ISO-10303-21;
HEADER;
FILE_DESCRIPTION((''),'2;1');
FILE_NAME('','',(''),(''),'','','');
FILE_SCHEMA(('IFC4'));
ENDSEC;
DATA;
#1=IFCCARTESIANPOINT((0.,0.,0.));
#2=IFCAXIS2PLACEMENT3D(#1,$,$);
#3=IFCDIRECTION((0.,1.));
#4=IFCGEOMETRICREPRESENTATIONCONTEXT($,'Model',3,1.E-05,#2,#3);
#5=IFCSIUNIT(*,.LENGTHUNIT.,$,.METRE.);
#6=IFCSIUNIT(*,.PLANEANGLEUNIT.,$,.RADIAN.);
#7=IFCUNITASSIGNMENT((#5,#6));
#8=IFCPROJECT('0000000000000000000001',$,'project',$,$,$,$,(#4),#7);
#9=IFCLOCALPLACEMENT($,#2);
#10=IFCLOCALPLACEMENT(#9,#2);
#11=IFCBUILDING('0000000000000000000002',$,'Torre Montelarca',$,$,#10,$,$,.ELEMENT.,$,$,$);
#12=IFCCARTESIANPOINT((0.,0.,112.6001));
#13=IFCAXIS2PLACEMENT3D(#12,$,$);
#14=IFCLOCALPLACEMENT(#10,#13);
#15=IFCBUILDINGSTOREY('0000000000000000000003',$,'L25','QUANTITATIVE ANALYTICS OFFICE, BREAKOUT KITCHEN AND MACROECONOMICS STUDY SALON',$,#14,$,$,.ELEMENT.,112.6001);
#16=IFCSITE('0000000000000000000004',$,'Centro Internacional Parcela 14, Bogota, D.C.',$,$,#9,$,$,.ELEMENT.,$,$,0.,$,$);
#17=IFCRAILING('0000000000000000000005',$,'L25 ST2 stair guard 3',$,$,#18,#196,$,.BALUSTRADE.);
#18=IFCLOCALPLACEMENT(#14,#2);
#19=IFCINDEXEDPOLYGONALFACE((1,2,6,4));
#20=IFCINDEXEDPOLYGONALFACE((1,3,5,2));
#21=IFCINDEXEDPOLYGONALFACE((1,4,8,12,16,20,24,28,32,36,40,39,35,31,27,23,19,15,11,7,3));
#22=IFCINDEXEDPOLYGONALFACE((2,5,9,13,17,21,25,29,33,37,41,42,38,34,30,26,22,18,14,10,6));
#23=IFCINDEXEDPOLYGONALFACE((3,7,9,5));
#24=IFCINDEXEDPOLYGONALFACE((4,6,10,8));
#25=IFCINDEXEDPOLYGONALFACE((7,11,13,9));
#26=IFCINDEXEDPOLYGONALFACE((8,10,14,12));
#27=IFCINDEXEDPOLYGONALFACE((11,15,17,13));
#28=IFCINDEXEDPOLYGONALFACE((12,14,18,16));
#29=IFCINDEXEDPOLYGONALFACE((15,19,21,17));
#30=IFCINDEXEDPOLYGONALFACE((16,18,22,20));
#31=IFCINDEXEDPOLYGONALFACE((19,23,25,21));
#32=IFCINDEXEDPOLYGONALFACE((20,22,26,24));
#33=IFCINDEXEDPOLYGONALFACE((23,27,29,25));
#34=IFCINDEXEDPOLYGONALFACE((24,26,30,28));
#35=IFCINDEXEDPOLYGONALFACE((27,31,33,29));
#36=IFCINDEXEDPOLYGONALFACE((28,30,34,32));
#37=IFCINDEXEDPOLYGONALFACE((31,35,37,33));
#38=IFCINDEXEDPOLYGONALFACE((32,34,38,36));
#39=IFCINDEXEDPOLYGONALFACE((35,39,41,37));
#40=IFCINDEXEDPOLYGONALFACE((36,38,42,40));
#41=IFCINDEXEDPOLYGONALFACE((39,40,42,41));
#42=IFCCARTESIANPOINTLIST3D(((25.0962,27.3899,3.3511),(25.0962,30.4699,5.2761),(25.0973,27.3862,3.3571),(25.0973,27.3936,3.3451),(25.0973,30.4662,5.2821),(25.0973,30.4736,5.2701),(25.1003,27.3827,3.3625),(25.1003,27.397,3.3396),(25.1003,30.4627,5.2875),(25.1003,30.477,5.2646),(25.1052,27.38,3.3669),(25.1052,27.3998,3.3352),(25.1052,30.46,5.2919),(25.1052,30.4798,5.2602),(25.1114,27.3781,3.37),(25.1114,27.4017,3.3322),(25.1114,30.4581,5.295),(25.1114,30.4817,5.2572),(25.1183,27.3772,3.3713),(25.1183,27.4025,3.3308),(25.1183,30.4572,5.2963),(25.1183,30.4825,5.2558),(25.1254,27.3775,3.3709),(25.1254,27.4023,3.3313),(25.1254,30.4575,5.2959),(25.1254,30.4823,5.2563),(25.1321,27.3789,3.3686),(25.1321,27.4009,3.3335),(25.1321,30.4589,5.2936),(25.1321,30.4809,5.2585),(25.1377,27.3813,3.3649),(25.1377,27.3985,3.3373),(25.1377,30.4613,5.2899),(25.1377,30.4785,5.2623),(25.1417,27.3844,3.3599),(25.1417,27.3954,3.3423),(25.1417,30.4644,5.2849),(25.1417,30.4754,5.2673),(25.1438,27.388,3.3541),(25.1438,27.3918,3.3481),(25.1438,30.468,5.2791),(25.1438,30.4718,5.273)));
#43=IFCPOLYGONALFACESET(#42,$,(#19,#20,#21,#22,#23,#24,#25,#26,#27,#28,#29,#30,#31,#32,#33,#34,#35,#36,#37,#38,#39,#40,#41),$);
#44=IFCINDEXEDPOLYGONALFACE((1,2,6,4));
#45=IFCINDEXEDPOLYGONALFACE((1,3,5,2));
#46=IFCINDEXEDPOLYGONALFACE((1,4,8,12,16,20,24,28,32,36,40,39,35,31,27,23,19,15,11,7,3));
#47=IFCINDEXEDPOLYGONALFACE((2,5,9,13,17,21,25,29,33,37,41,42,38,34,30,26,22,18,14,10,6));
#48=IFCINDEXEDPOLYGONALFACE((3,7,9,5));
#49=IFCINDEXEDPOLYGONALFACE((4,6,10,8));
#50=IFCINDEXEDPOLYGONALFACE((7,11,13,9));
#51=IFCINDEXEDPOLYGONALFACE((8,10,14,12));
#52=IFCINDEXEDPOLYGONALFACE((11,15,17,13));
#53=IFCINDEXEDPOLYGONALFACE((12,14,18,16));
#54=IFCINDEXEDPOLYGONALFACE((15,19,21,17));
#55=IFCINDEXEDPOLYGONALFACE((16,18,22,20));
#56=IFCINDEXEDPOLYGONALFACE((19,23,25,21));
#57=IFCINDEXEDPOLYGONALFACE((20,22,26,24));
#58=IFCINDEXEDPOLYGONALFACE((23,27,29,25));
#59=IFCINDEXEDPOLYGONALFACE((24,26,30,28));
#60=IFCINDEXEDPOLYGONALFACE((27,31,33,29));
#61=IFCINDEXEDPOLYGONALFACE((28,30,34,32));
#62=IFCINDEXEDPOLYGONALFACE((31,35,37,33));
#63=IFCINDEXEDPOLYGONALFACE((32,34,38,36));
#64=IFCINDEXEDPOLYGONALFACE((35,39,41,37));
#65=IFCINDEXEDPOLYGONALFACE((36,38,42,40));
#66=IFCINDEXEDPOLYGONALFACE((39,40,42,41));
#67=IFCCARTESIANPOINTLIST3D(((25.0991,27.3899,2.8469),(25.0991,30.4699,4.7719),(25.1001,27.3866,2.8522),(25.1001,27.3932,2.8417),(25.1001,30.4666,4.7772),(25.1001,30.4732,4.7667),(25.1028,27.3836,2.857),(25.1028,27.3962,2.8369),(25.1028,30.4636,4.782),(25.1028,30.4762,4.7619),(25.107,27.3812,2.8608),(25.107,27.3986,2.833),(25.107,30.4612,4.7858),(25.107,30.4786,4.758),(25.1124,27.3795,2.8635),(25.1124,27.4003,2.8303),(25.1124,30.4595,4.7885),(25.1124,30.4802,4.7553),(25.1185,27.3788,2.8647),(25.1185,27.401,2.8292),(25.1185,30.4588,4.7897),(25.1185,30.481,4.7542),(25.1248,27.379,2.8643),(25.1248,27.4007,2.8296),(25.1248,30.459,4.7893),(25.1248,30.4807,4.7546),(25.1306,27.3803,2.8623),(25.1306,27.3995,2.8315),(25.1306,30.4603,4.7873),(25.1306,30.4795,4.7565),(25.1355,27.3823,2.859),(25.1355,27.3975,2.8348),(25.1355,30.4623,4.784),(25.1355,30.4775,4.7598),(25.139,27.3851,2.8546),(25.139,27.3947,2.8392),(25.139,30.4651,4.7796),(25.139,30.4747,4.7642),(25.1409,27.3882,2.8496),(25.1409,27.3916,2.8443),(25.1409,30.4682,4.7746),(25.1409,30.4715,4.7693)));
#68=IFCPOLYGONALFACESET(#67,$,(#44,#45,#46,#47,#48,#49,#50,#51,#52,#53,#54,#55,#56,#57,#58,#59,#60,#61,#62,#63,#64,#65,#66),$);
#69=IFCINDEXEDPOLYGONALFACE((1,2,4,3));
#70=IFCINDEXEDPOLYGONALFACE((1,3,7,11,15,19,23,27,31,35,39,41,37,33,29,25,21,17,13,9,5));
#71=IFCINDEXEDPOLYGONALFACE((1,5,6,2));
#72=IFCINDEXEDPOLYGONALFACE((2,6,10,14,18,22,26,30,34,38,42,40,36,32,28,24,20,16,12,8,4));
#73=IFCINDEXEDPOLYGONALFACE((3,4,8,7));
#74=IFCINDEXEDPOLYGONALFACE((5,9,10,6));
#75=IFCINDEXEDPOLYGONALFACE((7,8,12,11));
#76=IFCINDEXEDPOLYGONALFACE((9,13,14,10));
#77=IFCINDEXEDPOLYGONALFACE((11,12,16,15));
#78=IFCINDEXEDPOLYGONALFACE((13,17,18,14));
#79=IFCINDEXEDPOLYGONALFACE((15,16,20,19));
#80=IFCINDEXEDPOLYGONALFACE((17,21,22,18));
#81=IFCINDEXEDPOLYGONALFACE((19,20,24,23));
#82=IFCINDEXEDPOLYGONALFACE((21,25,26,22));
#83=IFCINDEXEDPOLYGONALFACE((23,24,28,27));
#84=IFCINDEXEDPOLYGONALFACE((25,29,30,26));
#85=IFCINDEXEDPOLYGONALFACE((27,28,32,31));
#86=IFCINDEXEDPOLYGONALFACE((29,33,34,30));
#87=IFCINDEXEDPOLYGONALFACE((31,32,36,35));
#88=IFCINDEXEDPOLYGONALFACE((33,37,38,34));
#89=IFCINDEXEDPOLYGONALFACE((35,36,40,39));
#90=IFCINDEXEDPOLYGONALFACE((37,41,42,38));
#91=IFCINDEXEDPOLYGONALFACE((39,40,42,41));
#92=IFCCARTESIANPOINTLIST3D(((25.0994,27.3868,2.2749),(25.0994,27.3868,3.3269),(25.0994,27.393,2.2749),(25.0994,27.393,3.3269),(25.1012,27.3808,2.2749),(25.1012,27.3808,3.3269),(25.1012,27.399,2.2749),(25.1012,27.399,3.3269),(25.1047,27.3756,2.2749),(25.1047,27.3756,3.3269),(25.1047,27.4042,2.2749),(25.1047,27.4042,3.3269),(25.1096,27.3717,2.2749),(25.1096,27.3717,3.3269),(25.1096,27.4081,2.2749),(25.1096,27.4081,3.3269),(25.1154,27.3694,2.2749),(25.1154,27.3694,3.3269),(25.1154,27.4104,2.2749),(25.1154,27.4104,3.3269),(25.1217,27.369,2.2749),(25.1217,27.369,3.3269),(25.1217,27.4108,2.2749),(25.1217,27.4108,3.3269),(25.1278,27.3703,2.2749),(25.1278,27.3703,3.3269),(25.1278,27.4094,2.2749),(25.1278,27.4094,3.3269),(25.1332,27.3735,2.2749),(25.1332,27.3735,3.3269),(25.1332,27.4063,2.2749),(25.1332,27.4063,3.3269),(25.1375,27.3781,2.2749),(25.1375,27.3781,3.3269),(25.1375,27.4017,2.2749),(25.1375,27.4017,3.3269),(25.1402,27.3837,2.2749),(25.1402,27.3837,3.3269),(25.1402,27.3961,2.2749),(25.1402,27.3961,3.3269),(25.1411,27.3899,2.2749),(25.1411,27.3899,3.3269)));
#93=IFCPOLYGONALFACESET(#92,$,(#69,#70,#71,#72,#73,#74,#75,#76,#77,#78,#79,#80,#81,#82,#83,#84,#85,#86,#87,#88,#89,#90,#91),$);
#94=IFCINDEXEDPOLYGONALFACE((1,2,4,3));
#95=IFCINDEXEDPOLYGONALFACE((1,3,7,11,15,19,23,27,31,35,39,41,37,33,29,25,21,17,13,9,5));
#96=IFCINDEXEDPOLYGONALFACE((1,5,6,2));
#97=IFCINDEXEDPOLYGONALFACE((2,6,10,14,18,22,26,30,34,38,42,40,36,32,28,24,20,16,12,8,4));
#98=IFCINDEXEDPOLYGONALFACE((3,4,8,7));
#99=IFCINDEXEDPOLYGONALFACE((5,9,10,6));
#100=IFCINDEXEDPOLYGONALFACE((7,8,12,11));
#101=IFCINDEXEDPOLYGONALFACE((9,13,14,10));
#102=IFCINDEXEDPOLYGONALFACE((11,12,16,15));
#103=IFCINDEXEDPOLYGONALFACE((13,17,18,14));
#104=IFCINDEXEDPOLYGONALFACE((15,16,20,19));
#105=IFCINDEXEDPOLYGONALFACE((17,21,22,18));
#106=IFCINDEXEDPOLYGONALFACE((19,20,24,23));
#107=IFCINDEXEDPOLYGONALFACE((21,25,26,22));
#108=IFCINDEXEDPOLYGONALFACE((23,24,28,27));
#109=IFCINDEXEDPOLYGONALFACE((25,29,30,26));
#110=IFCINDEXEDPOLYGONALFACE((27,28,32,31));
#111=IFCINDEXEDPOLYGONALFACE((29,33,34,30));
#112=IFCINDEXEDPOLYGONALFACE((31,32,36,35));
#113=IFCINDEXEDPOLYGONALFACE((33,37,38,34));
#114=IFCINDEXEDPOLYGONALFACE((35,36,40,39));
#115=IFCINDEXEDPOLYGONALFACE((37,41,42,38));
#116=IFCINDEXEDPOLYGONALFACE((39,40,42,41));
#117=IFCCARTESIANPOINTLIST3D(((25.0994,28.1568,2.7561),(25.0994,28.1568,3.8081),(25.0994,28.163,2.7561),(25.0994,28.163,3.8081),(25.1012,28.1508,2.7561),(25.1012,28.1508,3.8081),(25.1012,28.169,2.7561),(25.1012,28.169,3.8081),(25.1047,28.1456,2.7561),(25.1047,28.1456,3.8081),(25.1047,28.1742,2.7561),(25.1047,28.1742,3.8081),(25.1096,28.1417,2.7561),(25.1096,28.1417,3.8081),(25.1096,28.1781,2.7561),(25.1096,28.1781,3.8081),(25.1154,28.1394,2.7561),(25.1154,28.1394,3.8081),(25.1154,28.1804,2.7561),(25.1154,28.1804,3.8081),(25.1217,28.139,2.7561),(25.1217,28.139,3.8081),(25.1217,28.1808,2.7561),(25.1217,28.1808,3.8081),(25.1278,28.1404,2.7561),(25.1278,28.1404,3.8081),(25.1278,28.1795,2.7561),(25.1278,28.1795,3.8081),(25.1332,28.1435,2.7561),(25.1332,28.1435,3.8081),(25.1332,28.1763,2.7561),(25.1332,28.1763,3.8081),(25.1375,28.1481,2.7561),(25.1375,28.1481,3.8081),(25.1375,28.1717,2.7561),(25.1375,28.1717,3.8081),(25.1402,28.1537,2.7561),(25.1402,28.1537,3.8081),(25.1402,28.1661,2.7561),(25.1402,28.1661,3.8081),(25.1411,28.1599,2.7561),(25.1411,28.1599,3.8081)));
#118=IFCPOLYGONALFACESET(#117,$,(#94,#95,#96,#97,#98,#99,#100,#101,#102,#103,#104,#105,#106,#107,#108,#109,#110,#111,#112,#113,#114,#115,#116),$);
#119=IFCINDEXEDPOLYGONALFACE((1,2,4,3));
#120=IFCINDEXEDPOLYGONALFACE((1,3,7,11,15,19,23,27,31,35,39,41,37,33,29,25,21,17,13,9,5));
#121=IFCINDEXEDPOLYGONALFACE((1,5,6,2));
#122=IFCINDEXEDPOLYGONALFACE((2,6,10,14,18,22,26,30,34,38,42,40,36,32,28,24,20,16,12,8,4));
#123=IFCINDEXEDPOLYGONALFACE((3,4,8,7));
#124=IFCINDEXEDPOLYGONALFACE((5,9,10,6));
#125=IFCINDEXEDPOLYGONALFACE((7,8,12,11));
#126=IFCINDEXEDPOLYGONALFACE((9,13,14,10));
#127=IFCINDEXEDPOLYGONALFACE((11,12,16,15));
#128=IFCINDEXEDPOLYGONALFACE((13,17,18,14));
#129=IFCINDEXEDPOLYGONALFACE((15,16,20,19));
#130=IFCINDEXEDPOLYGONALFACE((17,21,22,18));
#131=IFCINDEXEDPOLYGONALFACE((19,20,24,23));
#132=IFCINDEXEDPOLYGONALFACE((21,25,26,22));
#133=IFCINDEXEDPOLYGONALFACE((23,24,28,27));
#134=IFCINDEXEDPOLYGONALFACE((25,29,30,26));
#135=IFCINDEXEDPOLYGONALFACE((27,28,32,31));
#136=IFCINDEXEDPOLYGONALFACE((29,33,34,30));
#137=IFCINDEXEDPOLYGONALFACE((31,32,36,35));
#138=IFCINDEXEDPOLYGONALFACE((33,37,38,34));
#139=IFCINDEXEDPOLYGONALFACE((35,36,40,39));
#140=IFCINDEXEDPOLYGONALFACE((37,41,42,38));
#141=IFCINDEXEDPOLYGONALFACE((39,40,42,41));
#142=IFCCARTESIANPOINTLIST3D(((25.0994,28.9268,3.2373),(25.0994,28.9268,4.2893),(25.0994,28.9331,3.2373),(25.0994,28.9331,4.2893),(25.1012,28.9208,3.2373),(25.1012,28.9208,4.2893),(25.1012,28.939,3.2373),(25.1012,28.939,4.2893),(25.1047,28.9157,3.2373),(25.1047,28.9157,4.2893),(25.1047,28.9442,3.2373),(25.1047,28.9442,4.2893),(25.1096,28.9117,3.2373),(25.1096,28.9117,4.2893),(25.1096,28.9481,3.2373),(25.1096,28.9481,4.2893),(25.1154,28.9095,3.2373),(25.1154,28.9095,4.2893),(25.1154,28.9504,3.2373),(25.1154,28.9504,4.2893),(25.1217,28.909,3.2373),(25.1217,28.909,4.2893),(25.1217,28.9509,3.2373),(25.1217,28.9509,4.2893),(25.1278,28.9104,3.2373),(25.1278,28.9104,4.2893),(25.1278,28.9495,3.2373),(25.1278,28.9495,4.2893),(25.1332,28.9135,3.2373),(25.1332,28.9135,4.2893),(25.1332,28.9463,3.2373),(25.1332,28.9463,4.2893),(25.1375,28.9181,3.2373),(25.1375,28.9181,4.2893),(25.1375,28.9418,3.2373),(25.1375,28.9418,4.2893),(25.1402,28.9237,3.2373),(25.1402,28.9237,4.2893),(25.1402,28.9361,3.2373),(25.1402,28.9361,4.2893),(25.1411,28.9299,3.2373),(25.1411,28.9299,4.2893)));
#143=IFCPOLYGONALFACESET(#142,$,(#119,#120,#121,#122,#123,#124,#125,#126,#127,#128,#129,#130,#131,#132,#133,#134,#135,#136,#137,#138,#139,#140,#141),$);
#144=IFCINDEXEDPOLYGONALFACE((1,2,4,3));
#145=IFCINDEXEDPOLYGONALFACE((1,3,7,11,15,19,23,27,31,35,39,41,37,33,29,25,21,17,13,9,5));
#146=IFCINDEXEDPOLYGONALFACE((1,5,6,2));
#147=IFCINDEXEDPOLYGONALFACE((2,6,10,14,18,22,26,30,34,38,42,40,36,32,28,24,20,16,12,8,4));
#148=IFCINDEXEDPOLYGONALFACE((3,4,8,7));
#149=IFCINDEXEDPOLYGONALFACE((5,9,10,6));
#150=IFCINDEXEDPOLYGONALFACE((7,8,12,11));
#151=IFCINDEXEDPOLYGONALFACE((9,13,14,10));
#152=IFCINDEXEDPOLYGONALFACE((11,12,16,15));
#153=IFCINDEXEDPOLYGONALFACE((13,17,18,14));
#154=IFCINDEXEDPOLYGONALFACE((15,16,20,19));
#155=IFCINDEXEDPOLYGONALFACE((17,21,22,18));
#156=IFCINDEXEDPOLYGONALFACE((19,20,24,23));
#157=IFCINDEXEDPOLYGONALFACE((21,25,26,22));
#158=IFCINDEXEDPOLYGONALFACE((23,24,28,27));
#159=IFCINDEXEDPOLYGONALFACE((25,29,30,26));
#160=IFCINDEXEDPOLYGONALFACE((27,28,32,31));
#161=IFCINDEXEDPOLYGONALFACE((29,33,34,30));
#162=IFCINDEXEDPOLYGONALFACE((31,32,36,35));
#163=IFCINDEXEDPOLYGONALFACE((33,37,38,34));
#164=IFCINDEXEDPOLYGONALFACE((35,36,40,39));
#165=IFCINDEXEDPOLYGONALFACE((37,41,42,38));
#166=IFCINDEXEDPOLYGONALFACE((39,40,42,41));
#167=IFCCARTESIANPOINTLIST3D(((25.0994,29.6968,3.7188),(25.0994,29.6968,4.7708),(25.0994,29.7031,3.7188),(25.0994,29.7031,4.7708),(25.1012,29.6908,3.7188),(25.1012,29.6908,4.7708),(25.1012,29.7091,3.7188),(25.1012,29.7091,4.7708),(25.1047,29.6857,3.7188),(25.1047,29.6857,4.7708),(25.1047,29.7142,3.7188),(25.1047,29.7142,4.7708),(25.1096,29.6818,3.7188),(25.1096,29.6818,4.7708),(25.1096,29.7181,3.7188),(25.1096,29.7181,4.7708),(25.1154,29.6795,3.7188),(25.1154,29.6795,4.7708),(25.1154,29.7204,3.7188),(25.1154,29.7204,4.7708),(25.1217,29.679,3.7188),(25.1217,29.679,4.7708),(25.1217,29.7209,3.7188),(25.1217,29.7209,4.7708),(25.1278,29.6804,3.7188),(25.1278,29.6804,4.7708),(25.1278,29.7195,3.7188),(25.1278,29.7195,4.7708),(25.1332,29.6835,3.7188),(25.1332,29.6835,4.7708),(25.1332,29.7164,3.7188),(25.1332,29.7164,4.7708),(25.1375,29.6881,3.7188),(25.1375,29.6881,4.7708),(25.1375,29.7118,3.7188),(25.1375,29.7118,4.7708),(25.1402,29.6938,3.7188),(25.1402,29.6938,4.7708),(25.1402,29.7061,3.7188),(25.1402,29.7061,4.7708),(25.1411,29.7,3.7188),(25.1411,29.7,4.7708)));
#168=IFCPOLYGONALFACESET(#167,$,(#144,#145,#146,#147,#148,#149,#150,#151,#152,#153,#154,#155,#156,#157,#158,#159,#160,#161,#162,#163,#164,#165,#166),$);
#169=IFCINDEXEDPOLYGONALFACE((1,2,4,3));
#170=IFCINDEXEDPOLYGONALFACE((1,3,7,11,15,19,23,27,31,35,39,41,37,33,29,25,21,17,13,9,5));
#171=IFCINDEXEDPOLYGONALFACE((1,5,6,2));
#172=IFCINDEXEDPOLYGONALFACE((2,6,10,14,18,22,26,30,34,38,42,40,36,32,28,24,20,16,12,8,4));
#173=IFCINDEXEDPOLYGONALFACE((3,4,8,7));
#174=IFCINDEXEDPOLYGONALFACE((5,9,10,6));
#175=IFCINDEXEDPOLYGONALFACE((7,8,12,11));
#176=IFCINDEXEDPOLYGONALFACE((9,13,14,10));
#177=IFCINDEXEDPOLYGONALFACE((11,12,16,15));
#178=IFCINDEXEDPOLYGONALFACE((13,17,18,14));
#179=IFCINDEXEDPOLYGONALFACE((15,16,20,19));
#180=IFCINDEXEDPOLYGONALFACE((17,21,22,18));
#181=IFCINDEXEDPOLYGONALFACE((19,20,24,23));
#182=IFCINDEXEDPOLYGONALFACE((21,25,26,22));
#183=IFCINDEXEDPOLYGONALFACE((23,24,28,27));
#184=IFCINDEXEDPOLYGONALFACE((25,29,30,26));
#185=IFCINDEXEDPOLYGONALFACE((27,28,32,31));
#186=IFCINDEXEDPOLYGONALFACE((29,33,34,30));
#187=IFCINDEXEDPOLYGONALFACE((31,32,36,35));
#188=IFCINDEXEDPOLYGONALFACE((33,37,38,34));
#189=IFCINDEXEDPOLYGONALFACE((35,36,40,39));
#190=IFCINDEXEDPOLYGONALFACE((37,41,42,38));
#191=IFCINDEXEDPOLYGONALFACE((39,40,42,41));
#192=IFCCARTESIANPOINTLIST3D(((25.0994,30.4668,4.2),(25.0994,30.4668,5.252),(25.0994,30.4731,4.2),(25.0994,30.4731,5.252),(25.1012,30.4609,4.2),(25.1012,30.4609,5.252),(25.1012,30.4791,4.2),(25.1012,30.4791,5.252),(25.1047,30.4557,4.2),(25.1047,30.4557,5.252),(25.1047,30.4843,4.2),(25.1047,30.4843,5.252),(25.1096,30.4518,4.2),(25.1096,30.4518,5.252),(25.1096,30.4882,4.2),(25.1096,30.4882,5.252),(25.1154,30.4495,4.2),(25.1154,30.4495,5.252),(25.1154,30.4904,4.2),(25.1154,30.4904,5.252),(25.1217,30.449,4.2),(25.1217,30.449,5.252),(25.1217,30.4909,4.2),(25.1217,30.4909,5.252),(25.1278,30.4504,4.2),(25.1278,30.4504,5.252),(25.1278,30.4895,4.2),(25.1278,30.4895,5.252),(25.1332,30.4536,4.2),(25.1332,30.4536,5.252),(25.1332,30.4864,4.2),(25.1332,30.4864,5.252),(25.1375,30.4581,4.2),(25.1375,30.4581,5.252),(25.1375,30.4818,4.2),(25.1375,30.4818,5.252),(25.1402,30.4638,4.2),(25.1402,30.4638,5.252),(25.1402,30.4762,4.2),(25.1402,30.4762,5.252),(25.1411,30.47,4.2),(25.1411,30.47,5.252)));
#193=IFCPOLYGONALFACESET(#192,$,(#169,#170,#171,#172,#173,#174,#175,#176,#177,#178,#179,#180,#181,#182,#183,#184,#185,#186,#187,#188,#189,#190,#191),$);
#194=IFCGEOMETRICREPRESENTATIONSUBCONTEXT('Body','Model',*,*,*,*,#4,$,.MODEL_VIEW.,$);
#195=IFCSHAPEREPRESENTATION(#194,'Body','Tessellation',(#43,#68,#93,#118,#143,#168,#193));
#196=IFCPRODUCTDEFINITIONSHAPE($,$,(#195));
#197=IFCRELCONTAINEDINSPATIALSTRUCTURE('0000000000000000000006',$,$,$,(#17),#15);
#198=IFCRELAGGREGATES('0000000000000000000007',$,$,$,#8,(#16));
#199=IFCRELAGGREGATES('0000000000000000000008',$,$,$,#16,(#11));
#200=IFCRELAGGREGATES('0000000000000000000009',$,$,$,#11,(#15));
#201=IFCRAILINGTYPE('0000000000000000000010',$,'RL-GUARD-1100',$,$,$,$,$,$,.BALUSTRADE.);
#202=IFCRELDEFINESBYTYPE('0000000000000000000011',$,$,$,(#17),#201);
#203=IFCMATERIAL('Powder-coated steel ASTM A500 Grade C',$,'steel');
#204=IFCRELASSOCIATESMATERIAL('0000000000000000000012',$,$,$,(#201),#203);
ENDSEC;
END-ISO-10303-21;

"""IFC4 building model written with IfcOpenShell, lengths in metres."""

from ifc_helpers import new_model, si_unit, direction, frame, origin, origin_2d, place, context, subcontext, project, spatial, circle, extrude, material, type_object, element, save


model = new_model("IFC4")

# Units and contexts
model_context = context("Model", 3, precision=1e-05, world=origin(), true_north=direction((0.0, 1.0)))
body_context = subcontext(model_context, "Body", "Model", "MODEL_VIEW")
ifc_project = project(units=[si_unit("LENGTHUNIT", "METRE"), si_unit("PLANEANGLEUNIT", "RADIAN")], contexts=[model_context])

# Site, building, storey
site_placement = place(None, origin())
site = spatial("IfcSite", under=ifc_project, at=site_placement, Name="Centro Internacional Parcela 14, Bogota, D.C.", CompositionType="ELEMENT", RefElevation=0.0)
building_placement = place(site_placement, origin())
building = spatial("IfcBuilding", under=site, at=building_placement, Name="Torre Montelarca", CompositionType="ELEMENT")
storey_placement = place(building_placement, frame((0.0, 0.0, 112.6001)))
storey = spatial("IfcBuildingStorey", under=building, at=storey_placement, Name="L25", Description="QUANTITATIVE ANALYTICS OFFICE, BREAKOUT KITCHEN AND MACROECONOMICS STUDY SALON", CompositionType="ELEMENT", Elevation=112.6001)

# Railing
ifc_material_1 = material(Name="Powder-coated steel ASTM A500 Grade C", Category="steel")
railing_type_1 = type_object("IfcRailingType", Name="RL-GUARD-1100", PredefinedType="BALUSTRADE", material=ifc_material_1)
railing_1_placement = place(storey_placement, frame((25.1201, 27.3899, 2.2749)))
element("IfcRailing", 1, at=railing_1_placement, inside=storey, type_object=railing_type_1, Name="L25 ST2 stair guard 3", PredefinedType="BALUSTRADE", context=body_context, shape_type="SweptSolid", body=[
    extrude(circle(Radius=0.0239, at=origin_2d()), frame((0.0, 0.0, 1.0762), z_axis=(0.0, 0.847998, 0.529999), x_axis=(-1.0, 0.0, 0.0)), (0.0, 0.0, 1.0), 3.6321),
    extrude(circle(Radius=0.021, at=origin_2d()), frame((0.0, 0.0, 0.572), z_axis=(0.0, 0.847998, 0.529999), x_axis=(-1.0, 0.0, 0.0)), (0.0, 0.0, 1.0), 3.6321),
    extrude(circle(Radius=0.021, at=origin_2d()), origin(), (0.0, 0.0, 1.0), 1.052),
    extrude(circle(Radius=0.021, at=origin_2d()), frame((0.0, 0.77, 0.4812)), (0.0, 0.0, 1.0), 1.052),
    extrude(circle(Radius=0.021, at=origin_2d()), frame((0.0, 1.54, 0.9624)), (0.0, 0.0, 1.0), 1.052),
    extrude(circle(Radius=0.021, at=origin_2d()), frame((0.0, 2.3101, 1.4438)), (0.0, 0.0, 1.0), 1.052),
    extrude(circle(Radius=0.021, at=origin_2d()), frame((0.0, 3.0801, 1.925)), (0.0, 0.0, 1.0), 1.052),
])

save(model, "model.ifc")
